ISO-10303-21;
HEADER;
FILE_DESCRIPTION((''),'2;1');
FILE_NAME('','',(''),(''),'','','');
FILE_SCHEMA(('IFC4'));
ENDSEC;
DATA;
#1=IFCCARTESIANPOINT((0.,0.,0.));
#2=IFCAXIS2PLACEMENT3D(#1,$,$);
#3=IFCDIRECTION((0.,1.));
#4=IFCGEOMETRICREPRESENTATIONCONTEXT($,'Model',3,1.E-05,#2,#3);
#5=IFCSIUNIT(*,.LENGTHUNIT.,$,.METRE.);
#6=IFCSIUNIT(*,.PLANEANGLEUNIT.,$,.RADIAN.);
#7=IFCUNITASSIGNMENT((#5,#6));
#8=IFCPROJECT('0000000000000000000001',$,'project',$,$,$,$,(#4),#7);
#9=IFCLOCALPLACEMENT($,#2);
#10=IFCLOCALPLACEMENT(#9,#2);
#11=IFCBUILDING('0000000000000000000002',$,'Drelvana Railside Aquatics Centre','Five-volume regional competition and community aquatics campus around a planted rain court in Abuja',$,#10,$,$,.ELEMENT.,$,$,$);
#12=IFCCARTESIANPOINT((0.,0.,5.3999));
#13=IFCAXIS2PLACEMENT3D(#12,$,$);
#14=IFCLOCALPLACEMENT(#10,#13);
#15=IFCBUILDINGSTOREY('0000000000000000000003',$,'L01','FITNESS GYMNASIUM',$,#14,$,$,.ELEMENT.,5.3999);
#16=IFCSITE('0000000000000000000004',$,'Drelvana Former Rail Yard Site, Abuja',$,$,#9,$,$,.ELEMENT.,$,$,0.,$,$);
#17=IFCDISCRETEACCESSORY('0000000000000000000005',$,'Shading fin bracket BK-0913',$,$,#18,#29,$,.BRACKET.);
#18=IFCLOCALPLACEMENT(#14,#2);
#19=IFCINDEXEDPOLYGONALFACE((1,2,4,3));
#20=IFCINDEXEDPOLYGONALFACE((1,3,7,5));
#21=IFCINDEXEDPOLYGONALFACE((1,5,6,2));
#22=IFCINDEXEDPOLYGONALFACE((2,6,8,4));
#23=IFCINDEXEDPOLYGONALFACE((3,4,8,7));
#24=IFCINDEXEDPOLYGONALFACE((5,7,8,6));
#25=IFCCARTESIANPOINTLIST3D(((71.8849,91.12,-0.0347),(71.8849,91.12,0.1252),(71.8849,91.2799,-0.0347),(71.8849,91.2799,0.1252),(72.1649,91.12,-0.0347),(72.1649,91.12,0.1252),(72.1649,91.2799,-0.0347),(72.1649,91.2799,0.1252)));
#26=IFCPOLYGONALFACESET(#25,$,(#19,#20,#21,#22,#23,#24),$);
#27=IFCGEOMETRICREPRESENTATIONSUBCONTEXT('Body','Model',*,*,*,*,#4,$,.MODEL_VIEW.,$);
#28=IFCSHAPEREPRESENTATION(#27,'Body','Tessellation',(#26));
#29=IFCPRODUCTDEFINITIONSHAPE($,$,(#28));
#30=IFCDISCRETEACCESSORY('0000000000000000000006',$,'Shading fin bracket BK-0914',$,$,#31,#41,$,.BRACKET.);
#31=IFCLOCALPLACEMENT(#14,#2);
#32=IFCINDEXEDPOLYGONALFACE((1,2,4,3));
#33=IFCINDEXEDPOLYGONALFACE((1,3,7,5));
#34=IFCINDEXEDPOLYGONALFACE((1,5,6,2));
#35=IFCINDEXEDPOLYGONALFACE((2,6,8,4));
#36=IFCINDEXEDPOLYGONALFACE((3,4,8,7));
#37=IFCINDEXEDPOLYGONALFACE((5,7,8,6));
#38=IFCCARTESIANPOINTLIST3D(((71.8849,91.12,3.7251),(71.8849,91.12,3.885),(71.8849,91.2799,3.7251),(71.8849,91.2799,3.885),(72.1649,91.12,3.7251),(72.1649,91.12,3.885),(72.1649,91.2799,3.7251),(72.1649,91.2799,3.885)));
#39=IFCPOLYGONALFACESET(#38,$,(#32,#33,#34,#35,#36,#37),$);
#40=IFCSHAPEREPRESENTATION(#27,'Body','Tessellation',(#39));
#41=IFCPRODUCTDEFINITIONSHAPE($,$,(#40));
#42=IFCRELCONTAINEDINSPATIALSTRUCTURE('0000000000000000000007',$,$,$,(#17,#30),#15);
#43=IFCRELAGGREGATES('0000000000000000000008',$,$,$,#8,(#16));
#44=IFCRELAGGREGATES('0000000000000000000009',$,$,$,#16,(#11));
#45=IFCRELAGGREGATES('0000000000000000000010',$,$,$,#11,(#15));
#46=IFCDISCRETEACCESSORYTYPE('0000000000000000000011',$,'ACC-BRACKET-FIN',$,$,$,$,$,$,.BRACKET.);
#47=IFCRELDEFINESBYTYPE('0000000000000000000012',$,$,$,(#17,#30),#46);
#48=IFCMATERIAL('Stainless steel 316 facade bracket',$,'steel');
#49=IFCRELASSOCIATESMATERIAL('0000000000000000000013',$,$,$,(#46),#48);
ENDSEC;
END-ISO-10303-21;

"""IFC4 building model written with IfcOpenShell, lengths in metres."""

from ifc_helpers import new_model, si_unit, direction, frame, origin, origin_2d, place, context, subcontext, project, spatial, rectangle, extrude, material, type_object, element, save


model = new_model("IFC4")

# Units and contexts
model_context = context("Model", 3, precision=1e-05, world=origin(), true_north=direction((0.0, 1.0)))
body_context = subcontext(model_context, "Body", "Model", "MODEL_VIEW")
ifc_project = project(units=[si_unit("LENGTHUNIT", "METRE"), si_unit("PLANEANGLEUNIT", "RADIAN")], contexts=[model_context])

# Site, building, storey
site_placement = place(None, origin())
site = spatial("IfcSite", under=ifc_project, at=site_placement, Name="Drelvana Former Rail Yard Site, Abuja", CompositionType="ELEMENT", RefElevation=0.0)
building_placement = place(site_placement, origin())
building = spatial("IfcBuilding", under=site, at=building_placement, Name="Drelvana Railside Aquatics Centre", Description="Five-volume regional competition and community aquatics campus around a planted rain court in Abuja", CompositionType="ELEMENT")
storey_placement = place(building_placement, frame((0.0, 0.0, 5.3999)))
storey = spatial("IfcBuildingStorey", under=building, at=storey_placement, Name="L01", Description="FITNESS GYMNASIUM", CompositionType="ELEMENT", Elevation=5.3999)

# Discrete accessories
ifc_material_1 = material(Name="Stainless steel 316 facade bracket", Category="steel")
discrete_accessory_type = type_object("IfcDiscreteAccessoryType", Name="ACC-BRACKET-FIN", PredefinedType="BRACKET", material=ifc_material_1)
for number, where, z_axis, x_axis, name in (
    (1, (72.0249, 91.2, -0.0347), (0.0, 0.0, 1.0), (1.0, 0.0, 0.0), "Shading fin bracket BK-0913"),
    (2, (72.0249, 91.2, 3.7251), (0.0, 0.0, 1.0), (1.0, 0.0, 0.0), "Shading fin bracket BK-0914"),
):
    element("IfcDiscreteAccessory", number, at=place(storey_placement, frame(where, z_axis=z_axis, x_axis=x_axis)), inside=storey, type_object=discrete_accessory_type, Name=name, PredefinedType="BRACKET", context=body_context, shape_type="SweptSolid", body=[
        extrude(rectangle(XDim=0.28, YDim=0.1599, at=origin_2d()), origin(), (0.0, 0.0, 1.0), 0.1599),
    ])

save(model, "model.ifc")
